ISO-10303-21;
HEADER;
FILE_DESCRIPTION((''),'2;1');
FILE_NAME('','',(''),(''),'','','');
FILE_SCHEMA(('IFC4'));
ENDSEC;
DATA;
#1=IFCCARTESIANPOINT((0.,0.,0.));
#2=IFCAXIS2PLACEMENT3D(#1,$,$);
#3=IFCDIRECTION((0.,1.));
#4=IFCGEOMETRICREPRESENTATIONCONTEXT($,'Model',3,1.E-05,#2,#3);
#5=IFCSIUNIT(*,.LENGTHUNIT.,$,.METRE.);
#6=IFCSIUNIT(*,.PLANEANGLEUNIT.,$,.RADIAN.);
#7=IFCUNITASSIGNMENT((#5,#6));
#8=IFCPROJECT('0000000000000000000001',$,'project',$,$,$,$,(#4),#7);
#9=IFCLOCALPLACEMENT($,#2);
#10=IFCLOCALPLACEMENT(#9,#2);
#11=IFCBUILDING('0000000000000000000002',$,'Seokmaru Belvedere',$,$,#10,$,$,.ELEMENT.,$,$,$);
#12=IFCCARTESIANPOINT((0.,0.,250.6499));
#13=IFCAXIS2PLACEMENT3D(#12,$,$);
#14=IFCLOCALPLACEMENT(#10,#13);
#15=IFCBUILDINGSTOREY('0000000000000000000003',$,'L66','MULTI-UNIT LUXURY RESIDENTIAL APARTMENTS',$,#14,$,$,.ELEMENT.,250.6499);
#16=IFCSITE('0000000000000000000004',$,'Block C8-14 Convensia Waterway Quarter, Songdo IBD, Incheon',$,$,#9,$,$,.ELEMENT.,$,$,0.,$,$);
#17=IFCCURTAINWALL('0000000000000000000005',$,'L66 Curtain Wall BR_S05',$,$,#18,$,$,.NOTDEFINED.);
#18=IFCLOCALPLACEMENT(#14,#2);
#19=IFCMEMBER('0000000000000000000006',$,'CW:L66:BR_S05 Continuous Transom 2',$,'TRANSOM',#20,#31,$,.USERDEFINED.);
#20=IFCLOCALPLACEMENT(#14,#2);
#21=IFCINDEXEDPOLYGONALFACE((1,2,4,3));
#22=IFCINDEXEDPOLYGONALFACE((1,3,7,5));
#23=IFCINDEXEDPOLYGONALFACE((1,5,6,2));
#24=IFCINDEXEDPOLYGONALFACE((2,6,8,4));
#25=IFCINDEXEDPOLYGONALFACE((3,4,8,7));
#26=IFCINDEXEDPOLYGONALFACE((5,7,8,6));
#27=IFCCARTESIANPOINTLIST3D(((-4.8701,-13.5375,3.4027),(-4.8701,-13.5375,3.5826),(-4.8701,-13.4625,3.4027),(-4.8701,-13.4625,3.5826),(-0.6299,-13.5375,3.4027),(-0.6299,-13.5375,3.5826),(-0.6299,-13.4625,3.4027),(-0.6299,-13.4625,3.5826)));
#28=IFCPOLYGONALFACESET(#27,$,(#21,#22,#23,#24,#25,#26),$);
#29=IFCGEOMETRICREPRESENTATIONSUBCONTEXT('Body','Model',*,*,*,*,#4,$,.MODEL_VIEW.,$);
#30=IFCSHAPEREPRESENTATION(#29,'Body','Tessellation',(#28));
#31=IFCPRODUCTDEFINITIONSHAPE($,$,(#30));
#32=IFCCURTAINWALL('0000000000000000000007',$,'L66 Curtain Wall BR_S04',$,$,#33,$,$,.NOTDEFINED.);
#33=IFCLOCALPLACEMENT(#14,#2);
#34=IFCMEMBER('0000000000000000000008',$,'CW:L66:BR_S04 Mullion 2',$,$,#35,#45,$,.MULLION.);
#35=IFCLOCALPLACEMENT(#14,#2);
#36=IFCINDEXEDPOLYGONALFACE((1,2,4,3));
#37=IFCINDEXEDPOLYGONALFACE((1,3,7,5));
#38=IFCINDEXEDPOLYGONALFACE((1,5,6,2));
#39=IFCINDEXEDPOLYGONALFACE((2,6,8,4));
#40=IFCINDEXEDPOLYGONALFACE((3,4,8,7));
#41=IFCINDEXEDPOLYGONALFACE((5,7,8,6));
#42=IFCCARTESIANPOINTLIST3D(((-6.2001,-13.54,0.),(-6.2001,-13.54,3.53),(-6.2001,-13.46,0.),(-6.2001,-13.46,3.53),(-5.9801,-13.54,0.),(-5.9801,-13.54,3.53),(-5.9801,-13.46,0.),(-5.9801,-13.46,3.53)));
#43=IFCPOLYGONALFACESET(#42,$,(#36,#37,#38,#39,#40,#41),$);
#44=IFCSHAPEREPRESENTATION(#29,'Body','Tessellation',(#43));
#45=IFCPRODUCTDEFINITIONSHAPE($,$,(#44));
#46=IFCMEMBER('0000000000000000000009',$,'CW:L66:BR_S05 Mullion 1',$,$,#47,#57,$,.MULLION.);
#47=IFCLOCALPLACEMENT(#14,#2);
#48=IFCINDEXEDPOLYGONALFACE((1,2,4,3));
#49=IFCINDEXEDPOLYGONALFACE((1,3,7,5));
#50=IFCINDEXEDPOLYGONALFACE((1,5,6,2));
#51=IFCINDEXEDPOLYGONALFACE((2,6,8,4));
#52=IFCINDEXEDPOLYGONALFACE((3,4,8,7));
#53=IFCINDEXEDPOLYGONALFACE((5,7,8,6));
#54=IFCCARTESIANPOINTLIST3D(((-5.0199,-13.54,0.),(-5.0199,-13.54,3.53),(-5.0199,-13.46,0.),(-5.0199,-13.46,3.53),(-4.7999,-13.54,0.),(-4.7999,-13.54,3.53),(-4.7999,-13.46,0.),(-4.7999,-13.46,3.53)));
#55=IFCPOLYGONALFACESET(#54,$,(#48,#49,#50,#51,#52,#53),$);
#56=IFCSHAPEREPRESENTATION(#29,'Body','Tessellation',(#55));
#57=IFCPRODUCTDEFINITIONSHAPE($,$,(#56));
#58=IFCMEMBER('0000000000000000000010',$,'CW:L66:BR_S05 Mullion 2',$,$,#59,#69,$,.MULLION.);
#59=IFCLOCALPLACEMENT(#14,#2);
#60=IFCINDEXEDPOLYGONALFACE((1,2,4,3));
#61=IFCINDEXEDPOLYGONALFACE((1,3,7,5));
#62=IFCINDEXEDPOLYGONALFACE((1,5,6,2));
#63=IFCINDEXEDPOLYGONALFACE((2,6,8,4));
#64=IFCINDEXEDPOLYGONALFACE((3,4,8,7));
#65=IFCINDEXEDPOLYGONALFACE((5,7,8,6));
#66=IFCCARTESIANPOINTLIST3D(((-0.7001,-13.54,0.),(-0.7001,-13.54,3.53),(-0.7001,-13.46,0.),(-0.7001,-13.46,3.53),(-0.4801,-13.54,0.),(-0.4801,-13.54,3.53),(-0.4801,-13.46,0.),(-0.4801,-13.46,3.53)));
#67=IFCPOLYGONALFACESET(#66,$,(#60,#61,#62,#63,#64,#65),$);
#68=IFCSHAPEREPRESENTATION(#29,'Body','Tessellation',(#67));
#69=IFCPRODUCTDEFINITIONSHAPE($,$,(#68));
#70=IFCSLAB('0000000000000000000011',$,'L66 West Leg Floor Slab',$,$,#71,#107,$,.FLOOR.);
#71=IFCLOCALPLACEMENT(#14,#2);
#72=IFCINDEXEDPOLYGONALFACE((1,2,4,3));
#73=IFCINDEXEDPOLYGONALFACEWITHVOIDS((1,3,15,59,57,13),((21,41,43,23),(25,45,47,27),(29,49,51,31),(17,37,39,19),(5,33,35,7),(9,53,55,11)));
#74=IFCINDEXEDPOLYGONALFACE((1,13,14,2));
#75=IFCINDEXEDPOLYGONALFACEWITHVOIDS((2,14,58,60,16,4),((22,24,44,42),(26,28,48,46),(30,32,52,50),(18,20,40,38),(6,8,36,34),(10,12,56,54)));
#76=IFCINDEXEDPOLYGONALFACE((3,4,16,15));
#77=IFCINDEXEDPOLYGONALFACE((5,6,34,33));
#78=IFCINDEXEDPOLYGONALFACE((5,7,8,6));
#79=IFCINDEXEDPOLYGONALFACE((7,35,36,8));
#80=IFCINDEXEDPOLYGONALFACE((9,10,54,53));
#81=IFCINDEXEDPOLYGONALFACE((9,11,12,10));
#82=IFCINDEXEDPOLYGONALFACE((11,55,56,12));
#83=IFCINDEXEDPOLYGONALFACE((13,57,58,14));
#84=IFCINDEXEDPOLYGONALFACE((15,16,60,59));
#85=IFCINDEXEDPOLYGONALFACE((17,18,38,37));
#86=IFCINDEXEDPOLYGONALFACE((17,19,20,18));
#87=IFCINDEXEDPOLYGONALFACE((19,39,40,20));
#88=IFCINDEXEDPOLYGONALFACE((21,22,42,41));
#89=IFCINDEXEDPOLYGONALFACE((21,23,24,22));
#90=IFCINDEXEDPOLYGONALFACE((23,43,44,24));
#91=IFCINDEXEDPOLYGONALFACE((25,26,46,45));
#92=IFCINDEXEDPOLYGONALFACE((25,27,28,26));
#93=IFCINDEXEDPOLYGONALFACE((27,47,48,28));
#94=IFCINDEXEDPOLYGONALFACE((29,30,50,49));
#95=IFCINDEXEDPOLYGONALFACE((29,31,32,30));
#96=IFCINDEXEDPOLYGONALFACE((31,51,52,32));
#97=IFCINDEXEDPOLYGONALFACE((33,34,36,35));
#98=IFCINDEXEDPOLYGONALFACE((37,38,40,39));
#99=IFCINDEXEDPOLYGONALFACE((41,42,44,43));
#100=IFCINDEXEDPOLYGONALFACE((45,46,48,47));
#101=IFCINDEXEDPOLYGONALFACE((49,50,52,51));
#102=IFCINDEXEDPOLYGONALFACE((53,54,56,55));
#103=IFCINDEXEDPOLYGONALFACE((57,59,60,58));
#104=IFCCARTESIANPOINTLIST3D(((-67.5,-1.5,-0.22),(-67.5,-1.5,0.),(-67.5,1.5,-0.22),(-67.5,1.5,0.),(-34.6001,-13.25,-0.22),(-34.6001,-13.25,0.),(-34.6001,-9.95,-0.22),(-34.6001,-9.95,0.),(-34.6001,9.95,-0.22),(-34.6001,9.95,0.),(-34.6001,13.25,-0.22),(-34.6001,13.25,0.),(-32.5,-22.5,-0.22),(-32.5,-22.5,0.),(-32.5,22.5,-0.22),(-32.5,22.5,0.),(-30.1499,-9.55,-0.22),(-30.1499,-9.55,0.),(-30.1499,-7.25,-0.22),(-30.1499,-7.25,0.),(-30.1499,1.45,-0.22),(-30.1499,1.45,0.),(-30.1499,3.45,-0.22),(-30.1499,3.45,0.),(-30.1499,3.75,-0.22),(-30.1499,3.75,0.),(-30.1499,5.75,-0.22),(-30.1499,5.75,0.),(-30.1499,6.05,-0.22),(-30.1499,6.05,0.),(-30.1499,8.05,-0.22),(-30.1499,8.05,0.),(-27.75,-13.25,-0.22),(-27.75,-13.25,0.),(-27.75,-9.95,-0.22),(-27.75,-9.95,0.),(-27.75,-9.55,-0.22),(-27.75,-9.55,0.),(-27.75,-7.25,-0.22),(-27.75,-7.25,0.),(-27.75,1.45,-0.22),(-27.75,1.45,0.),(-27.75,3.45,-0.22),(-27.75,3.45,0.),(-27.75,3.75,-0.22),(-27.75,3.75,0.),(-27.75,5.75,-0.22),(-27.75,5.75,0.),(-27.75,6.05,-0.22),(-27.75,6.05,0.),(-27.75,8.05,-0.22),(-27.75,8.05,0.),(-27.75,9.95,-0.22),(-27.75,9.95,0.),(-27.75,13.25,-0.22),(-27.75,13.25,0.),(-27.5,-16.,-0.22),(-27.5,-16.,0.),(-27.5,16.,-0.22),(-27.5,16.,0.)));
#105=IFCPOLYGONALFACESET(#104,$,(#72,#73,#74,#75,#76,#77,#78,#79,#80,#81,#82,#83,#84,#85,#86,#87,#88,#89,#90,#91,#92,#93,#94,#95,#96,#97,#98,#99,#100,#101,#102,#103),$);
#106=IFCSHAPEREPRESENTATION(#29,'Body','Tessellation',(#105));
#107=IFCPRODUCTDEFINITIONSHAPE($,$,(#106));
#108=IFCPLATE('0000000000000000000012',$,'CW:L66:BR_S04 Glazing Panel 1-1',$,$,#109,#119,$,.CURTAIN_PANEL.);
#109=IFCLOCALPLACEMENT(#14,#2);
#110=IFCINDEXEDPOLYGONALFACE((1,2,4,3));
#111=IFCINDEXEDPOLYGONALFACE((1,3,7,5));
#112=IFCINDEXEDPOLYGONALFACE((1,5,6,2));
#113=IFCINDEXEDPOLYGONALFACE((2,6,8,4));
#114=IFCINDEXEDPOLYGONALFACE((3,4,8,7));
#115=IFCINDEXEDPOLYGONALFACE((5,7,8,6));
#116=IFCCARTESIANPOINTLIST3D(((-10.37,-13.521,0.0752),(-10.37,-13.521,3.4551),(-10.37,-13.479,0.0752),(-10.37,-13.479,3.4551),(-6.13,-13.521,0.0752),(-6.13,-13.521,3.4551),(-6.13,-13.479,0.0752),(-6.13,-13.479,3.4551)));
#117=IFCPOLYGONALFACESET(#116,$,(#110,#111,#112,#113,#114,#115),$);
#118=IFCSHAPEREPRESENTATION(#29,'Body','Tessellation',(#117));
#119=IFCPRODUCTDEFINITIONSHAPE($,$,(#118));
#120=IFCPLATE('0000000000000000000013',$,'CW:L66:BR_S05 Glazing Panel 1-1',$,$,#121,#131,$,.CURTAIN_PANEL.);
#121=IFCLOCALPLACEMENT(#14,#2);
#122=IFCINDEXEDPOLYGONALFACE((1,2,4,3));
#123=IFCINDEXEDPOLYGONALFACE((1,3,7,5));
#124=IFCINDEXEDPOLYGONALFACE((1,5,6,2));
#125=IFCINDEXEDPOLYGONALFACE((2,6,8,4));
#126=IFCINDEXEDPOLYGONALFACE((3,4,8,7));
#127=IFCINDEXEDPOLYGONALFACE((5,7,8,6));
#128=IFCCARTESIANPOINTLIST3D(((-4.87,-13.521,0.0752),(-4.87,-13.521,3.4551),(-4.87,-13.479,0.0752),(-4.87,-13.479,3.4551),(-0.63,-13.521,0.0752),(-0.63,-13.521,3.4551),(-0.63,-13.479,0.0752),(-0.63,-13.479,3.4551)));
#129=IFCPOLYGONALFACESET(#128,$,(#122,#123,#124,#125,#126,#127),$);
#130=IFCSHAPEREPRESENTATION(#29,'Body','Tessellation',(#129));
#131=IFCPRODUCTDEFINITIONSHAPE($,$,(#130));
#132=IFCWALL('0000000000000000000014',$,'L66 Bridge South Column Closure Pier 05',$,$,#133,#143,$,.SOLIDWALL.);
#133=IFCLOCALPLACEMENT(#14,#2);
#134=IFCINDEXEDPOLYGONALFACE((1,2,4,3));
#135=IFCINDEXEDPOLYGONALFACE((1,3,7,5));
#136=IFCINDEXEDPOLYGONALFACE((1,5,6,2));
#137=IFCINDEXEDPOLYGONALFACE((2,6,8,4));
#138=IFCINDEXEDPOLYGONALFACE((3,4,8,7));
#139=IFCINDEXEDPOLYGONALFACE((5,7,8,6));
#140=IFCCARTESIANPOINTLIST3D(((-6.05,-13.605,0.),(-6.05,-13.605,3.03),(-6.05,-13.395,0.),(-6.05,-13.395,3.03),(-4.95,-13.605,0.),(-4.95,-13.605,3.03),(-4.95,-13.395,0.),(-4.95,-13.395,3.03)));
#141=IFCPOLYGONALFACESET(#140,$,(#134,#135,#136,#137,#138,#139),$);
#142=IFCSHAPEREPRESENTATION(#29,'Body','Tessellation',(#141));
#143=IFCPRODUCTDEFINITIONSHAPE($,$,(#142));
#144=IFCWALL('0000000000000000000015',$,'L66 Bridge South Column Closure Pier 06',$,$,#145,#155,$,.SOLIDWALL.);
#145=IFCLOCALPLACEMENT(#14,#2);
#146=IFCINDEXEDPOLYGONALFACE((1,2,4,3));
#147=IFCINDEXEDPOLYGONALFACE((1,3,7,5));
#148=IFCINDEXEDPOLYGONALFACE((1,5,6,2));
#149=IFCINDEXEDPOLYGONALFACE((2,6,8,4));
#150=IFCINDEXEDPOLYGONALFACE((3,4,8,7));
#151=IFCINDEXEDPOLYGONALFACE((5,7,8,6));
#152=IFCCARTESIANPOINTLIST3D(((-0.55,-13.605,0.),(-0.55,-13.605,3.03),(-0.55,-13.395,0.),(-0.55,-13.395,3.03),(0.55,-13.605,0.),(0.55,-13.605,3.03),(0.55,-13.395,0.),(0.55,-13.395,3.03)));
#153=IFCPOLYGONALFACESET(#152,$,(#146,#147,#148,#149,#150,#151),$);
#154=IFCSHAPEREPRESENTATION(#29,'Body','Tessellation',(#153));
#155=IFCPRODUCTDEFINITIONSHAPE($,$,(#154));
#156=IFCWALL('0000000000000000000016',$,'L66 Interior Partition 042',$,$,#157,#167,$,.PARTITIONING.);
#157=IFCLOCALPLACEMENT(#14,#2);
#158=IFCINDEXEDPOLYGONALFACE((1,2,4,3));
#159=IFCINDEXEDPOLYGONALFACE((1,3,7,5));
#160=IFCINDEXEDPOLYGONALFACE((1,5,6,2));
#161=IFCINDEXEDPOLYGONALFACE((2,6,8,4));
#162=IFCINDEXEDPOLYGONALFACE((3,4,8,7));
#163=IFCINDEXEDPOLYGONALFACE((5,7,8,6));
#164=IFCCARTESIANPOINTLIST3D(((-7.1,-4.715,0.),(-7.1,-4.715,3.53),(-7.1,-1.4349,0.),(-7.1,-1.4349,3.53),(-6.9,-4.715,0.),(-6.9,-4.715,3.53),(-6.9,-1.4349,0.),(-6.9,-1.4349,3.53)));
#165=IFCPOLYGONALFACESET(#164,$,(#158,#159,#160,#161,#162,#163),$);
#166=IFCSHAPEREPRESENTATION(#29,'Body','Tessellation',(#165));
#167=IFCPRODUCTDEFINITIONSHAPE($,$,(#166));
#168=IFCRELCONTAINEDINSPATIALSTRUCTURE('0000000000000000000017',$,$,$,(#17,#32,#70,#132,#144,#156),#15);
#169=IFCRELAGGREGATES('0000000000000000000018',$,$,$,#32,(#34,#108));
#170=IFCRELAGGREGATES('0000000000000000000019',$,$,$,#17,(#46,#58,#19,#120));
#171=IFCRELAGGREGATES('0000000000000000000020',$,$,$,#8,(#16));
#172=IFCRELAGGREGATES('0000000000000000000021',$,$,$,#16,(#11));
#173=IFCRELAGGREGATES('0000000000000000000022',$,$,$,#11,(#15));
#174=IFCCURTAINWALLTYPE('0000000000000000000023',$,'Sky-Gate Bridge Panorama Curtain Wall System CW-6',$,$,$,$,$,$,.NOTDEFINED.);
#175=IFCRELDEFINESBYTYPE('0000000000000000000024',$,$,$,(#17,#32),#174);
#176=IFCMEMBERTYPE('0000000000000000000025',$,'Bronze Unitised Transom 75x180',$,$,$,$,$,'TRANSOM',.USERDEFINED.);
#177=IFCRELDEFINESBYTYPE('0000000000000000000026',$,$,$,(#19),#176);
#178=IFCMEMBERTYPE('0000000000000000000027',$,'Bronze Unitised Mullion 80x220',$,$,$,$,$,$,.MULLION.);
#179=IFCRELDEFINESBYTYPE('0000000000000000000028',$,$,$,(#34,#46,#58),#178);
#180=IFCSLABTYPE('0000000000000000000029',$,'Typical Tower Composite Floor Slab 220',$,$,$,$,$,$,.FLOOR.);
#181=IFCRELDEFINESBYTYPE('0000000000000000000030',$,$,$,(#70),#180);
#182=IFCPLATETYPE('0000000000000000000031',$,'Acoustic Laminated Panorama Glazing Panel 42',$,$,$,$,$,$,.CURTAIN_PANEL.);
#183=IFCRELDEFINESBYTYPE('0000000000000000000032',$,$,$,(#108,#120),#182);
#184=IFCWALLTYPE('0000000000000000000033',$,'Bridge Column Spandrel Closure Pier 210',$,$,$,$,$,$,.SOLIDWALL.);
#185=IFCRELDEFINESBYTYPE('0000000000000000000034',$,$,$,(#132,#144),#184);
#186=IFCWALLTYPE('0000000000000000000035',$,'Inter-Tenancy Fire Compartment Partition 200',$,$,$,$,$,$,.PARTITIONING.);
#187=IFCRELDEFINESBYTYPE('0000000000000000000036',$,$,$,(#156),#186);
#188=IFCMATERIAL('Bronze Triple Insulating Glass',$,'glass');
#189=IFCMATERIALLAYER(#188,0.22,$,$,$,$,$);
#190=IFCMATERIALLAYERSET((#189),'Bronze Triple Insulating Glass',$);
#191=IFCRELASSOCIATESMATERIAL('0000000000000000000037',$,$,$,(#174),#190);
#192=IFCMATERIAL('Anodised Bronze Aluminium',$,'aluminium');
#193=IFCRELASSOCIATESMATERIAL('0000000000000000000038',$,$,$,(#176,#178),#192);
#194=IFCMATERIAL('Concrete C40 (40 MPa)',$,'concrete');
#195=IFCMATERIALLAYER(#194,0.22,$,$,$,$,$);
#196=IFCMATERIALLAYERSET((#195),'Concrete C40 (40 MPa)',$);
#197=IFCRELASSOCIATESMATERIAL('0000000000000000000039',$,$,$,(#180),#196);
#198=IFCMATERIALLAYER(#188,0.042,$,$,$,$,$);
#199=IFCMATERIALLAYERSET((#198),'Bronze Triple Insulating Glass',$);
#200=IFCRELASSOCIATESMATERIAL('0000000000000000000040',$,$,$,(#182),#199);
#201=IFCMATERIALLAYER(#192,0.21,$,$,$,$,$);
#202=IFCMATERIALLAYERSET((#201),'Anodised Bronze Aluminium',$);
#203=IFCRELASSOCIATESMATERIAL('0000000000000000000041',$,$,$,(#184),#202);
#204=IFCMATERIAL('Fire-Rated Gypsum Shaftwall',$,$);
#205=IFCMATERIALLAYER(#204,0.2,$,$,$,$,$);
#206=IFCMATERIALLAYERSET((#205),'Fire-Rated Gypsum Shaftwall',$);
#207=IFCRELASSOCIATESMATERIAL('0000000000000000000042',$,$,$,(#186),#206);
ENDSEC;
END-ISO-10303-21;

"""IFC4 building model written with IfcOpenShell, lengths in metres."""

from ifc_helpers import new_model, si_unit, direction, frame, frame_2d, origin, origin_2d, place, context, subcontext, project, spatial, polyline, rectangle, outline, extrude, source, transform, mapped, material, layer, layer_set, material_profile, profile_set, type_object, type_shapes, element, aggregate, save


model = new_model("IFC4")

# Units and contexts
model_context = context("Model", 3, precision=1e-05, world=origin(), true_north=direction((0.0, 1.0)))
body_context = subcontext(model_context, "Body", "Model", "MODEL_VIEW")
ifc_project = project(units=[si_unit("LENGTHUNIT", "METRE"), si_unit("PLANEANGLEUNIT", "RADIAN")], contexts=[model_context])

# Site, building, storey
site_placement = place(None, origin())
site = spatial("IfcSite", under=ifc_project, at=site_placement, Name="Block C8-14 Convensia Waterway Quarter, Songdo IBD, Incheon", CompositionType="ELEMENT", RefElevation=0.0)
building_placement = place(site_placement, origin())
building = spatial("IfcBuilding", under=site, at=building_placement, Name="Seokmaru Belvedere", CompositionType="ELEMENT")
storey_placement = place(building_placement, frame((0.0, 0.0, 250.6499)))
storey = spatial("IfcBuildingStorey", under=building, at=storey_placement, Name="L66", Description="MULTI-UNIT LUXURY RESIDENTIAL APARTMENTS", CompositionType="ELEMENT", Elevation=250.6499)

# Curtain wall, member
ifc_material_1 = material(Name="Bronze Triple Insulating Glass", Category="glass")
ifc_layer_1 = layer(ifc_material_1, 0.22)
ifc_layer_set_1 = layer_set([ifc_layer_1], Name="Bronze Triple Insulating Glass")
curtain_wall_type = type_object("IfcCurtainWallType", Name="Sky-Gate Bridge Panorama Curtain Wall System CW-6", PredefinedType="NOTDEFINED", material=ifc_layer_set_1)
curtain_wall_1_placement = place(storey_placement, origin())
curtain_wall_1 = element("IfcCurtainWall", 1, at=curtain_wall_1_placement, inside=storey, type_object=curtain_wall_type, Name="L66 Curtain Wall BR_S05", PredefinedType="NOTDEFINED")
ifc_material_2 = material(Name="Anodised Bronze Aluminium", Category="aluminium")
ifc_material_profile_1 = material_profile(ifc_material_2, rectangle(XDim=0.075, YDim=0.1799, at=origin_2d()), Name="CW-T-75x180")
ifc_profile_set_1 = profile_set([ifc_material_profile_1], Name="Anodised Bronze Aluminium")
member_type_1 = type_object("IfcMemberType", Name="Bronze Unitised Transom 75x180", ElementType="TRANSOM", PredefinedType="USERDEFINED", material=ifc_profile_set_1)
shared_shape_1 = source(origin(), body_context, "Body", "SweptSolid", [
    extrude(rectangle(XDim=0.075, YDim=0.1799, at=origin_2d()), origin(), (0.0, 0.0, 1.0), 4.2402),
])
type_shapes(member_type_1, [shared_shape_1])
member_1_placement = place(storey_placement, frame((-4.8701, -13.5, 3.4927), z_axis=(1.0, 0.0, 0.0), x_axis=(0.0, 1.0, 0.0)))
member_1 = element("IfcMember", 2, at=member_1_placement, type_object=member_type_1, Name="CW:L66:BR_S05 Continuous Transom 2", ObjectType="TRANSOM", PredefinedType="USERDEFINED", context=body_context, shape_type="MappedRepresentation", body=[
    mapped(shared_shape_1, transform((0.0, 0.0, 0.0), scale=1.0)),
])

# Curtain wall, member
curtain_wall_2_placement = place(storey_placement, origin())
curtain_wall_2 = element("IfcCurtainWall", 3, at=curtain_wall_2_placement, inside=storey, type_object=curtain_wall_type, Name="L66 Curtain Wall BR_S04", PredefinedType="NOTDEFINED")
ifc_material_profile_2 = material_profile(ifc_material_2, rectangle(XDim=0.0801, YDim=0.22, at=origin_2d()), Name="CW-M-80x220")
ifc_profile_set_2 = profile_set([ifc_material_profile_2], Name="Anodised Bronze Aluminium")
member_type_2 = type_object("IfcMemberType", Name="Bronze Unitised Mullion 80x220", PredefinedType="MULLION", material=ifc_profile_set_2)
shared_shape_2 = source(origin(), body_context, "Body", "SweptSolid", [
    extrude(rectangle(XDim=0.0801, YDim=0.22, at=origin_2d()), origin(), (0.0, 0.0, 1.0), 3.53),
])
type_shapes(member_type_2, [shared_shape_2])
member_2_placement = place(storey_placement, frame((-6.0901, -13.5, 0.0), z_axis=(0.0, 0.0, 1.0), x_axis=(0.0, 1.0, 0.0)))
member_2 = element("IfcMember", 4, at=member_2_placement, type_object=member_type_2, Name="CW:L66:BR_S04 Mullion 2", PredefinedType="MULLION", context=body_context, shape_type="MappedRepresentation", body=[
    mapped(shared_shape_2, transform((0.0, 0.0, 0.0), scale=1.0)),
])

# Members
member_3_placement = place(storey_placement, frame((-4.9099, -13.5, 0.0), z_axis=(0.0, 0.0, 1.0), x_axis=(0.0, 1.0, 0.0)))
member_3 = element("IfcMember", 5, at=member_3_placement, type_object=member_type_2, Name="CW:L66:BR_S05 Mullion 1", PredefinedType="MULLION", context=body_context, shape_type="MappedRepresentation", body=[
    mapped(shared_shape_2, transform((0.0, 0.0, 0.0), scale=1.0)),
])
member_4_placement = place(storey_placement, frame((-0.5901, -13.5, 0.0), z_axis=(0.0, 0.0, 1.0), x_axis=(0.0, 1.0, 0.0)))
member_4 = element("IfcMember", 6, at=member_4_placement, type_object=member_type_2, Name="CW:L66:BR_S05 Mullion 2", PredefinedType="MULLION", context=body_context, shape_type="MappedRepresentation", body=[
    mapped(shared_shape_2, transform((0.0, 0.0, 0.0), scale=1.0)),
])

# Slab
ifc_material_3 = material(Name="Concrete C40 (40 MPa)", Category="concrete")
ifc_layer_2 = layer(ifc_material_3, 0.22)
ifc_layer_set_2 = layer_set([ifc_layer_2], Name="Concrete C40 (40 MPa)")
slab_type = type_object("IfcSlabType", Name="Typical Tower Composite Floor Slab 220", PredefinedType="FLOOR", material=ifc_layer_set_2)
slab_placement = place(storey_placement, frame((0.0, 0.0, -0.22)))
element("IfcSlab", 7, at=slab_placement, inside=storey, type_object=slab_type, Name="L66 West Leg Floor Slab", PredefinedType="FLOOR", context=body_context, shape_type="SweptSolid", body=[
    extrude(outline(polyline([(-27.5, -16.0), (-27.5, 16.0), (-32.5, 22.5), (-67.5, 1.5), (-67.5, -1.5), (-32.5, -22.5), (-27.5, -16.0)]), holes=[polyline([(-34.6001, -13.25), (-27.75, -13.25), (-27.75, -9.95), (-34.6001, -9.95), (-34.6001, -13.25)]), polyline([(-34.6001, 9.95), (-27.75, 9.95), (-27.75, 13.25), (-34.6001, 13.25), (-34.6001, 9.95)]), polyline([(-30.1499, -9.55), (-27.75, -9.55), (-27.75, -7.25), (-30.1499, -7.25), (-30.1499, -9.55)]), polyline([(-30.1499, 1.45), (-27.75, 1.45), (-27.75, 3.45), (-30.1499, 3.45), (-30.1499, 1.45)]), polyline([(-30.1499, 3.75), (-27.75, 3.75), (-27.75, 5.75), (-30.1499, 5.75), (-30.1499, 3.75)]), polyline([(-30.1499, 6.05), (-27.75, 6.05), (-27.75, 8.05), (-30.1499, 8.05), (-30.1499, 6.05)])]), origin(), (0.0, 0.0, 1.0), 0.22),
])

# Plates
ifc_layer_3 = layer(ifc_material_1, 0.042)
ifc_layer_set_3 = layer_set([ifc_layer_3], Name="Bronze Triple Insulating Glass")
plate_type = type_object("IfcPlateType", Name="Acoustic Laminated Panorama Glazing Panel 42", PredefinedType="CURTAIN_PANEL", material=ifc_layer_set_3)
shared_shape_3 = source(origin(), body_context, "Body", "SweptSolid", [
    extrude(rectangle(XDim=4.24, YDim=0.042, at=origin_2d()), origin(), (0.0, 0.0, 1.0), 3.3799),
])
type_shapes(plate_type, [shared_shape_3])
plate_1_placement = place(storey_placement, frame((-8.25, -13.5, 0.0752), z_axis=(0.0, 0.0, 1.0), x_axis=(1.0, 0.0, 0.0)))
plate_1 = element("IfcPlate", 8, at=plate_1_placement, type_object=plate_type, Name="CW:L66:BR_S04 Glazing Panel 1-1", PredefinedType="CURTAIN_PANEL", context=body_context, shape_type="MappedRepresentation", body=[
    mapped(shared_shape_3, transform((0.0, 0.0, 0.0), scale=1.0)),
])
aggregate(curtain_wall_2, [member_2, plate_1])
plate_2_placement = place(storey_placement, frame((-2.75, -13.5, 0.0752), z_axis=(0.0, 0.0, 1.0), x_axis=(1.0, 0.0, 0.0)))
plate_2 = element("IfcPlate", 9, at=plate_2_placement, type_object=plate_type, Name="CW:L66:BR_S05 Glazing Panel 1-1", PredefinedType="CURTAIN_PANEL", context=body_context, shape_type="MappedRepresentation", body=[
    mapped(shared_shape_3, transform((0.0, 0.0, 0.0), scale=1.0)),
])
aggregate(curtain_wall_1, [member_3, member_4, member_1, plate_2])

# Shared definitions
ifc_material_4 = material(Name="Fire-Rated Gypsum Shaftwall")

# Walls
ifc_layer_4 = layer(ifc_material_2, 0.21)
ifc_layer_set_4 = layer_set([ifc_layer_4], Name="Anodised Bronze Aluminium")
wall_type_1 = type_object("IfcWallType", Name="Bridge Column Spandrel Closure Pier 210", PredefinedType="SOLIDWALL", material=ifc_layer_set_4)
for number, where, z_axis, x_axis, name in (
    (10, (-6.05, -13.5, 0.0), (0.0, 0.0, 1.0), (1.0, 0.0, 0.0), "L66 Bridge South Column Closure Pier 05"),
    (11, (-0.55, -13.5, 0.0), (0.0, 0.0, 1.0), (1.0, 0.0, 0.0), "L66 Bridge South Column Closure Pier 06"),
):
    element("IfcWall", number, at=place(storey_placement, frame(where, z_axis=z_axis, x_axis=x_axis)), inside=storey, type_object=wall_type_1, Name=name, PredefinedType="SOLIDWALL", context=body_context, shape_type="SweptSolid", body=[
        extrude(rectangle(XDim=1.1001, YDim=0.21, at=frame_2d((0.55, 0.0))), origin(), (0.0, 0.0, 1.0), 3.03),
    ])
ifc_layer_5 = layer(ifc_material_4, 0.2)
ifc_layer_set_5 = layer_set([ifc_layer_5], Name="Fire-Rated Gypsum Shaftwall")
wall_type_2 = type_object("IfcWallType", Name="Inter-Tenancy Fire Compartment Partition 200", PredefinedType="PARTITIONING", material=ifc_layer_set_5)
wall_1_placement = place(storey_placement, frame((-7.0, -4.7151, 0.0), z_axis=(0.0, 0.0, 1.0), x_axis=(0.0, 1.0, 0.0)))
element("IfcWall", 12, at=wall_1_placement, inside=storey, type_object=wall_type_2, Name="L66 Interior Partition 042", PredefinedType="PARTITIONING", context=body_context, shape_type="SweptSolid", body=[
    extrude(rectangle(XDim=3.28, YDim=0.2, at=frame_2d((1.6401, 0.0))), origin(), (0.0, 0.0, 1.0), 3.53),
])

save(model, "model.ifc")
